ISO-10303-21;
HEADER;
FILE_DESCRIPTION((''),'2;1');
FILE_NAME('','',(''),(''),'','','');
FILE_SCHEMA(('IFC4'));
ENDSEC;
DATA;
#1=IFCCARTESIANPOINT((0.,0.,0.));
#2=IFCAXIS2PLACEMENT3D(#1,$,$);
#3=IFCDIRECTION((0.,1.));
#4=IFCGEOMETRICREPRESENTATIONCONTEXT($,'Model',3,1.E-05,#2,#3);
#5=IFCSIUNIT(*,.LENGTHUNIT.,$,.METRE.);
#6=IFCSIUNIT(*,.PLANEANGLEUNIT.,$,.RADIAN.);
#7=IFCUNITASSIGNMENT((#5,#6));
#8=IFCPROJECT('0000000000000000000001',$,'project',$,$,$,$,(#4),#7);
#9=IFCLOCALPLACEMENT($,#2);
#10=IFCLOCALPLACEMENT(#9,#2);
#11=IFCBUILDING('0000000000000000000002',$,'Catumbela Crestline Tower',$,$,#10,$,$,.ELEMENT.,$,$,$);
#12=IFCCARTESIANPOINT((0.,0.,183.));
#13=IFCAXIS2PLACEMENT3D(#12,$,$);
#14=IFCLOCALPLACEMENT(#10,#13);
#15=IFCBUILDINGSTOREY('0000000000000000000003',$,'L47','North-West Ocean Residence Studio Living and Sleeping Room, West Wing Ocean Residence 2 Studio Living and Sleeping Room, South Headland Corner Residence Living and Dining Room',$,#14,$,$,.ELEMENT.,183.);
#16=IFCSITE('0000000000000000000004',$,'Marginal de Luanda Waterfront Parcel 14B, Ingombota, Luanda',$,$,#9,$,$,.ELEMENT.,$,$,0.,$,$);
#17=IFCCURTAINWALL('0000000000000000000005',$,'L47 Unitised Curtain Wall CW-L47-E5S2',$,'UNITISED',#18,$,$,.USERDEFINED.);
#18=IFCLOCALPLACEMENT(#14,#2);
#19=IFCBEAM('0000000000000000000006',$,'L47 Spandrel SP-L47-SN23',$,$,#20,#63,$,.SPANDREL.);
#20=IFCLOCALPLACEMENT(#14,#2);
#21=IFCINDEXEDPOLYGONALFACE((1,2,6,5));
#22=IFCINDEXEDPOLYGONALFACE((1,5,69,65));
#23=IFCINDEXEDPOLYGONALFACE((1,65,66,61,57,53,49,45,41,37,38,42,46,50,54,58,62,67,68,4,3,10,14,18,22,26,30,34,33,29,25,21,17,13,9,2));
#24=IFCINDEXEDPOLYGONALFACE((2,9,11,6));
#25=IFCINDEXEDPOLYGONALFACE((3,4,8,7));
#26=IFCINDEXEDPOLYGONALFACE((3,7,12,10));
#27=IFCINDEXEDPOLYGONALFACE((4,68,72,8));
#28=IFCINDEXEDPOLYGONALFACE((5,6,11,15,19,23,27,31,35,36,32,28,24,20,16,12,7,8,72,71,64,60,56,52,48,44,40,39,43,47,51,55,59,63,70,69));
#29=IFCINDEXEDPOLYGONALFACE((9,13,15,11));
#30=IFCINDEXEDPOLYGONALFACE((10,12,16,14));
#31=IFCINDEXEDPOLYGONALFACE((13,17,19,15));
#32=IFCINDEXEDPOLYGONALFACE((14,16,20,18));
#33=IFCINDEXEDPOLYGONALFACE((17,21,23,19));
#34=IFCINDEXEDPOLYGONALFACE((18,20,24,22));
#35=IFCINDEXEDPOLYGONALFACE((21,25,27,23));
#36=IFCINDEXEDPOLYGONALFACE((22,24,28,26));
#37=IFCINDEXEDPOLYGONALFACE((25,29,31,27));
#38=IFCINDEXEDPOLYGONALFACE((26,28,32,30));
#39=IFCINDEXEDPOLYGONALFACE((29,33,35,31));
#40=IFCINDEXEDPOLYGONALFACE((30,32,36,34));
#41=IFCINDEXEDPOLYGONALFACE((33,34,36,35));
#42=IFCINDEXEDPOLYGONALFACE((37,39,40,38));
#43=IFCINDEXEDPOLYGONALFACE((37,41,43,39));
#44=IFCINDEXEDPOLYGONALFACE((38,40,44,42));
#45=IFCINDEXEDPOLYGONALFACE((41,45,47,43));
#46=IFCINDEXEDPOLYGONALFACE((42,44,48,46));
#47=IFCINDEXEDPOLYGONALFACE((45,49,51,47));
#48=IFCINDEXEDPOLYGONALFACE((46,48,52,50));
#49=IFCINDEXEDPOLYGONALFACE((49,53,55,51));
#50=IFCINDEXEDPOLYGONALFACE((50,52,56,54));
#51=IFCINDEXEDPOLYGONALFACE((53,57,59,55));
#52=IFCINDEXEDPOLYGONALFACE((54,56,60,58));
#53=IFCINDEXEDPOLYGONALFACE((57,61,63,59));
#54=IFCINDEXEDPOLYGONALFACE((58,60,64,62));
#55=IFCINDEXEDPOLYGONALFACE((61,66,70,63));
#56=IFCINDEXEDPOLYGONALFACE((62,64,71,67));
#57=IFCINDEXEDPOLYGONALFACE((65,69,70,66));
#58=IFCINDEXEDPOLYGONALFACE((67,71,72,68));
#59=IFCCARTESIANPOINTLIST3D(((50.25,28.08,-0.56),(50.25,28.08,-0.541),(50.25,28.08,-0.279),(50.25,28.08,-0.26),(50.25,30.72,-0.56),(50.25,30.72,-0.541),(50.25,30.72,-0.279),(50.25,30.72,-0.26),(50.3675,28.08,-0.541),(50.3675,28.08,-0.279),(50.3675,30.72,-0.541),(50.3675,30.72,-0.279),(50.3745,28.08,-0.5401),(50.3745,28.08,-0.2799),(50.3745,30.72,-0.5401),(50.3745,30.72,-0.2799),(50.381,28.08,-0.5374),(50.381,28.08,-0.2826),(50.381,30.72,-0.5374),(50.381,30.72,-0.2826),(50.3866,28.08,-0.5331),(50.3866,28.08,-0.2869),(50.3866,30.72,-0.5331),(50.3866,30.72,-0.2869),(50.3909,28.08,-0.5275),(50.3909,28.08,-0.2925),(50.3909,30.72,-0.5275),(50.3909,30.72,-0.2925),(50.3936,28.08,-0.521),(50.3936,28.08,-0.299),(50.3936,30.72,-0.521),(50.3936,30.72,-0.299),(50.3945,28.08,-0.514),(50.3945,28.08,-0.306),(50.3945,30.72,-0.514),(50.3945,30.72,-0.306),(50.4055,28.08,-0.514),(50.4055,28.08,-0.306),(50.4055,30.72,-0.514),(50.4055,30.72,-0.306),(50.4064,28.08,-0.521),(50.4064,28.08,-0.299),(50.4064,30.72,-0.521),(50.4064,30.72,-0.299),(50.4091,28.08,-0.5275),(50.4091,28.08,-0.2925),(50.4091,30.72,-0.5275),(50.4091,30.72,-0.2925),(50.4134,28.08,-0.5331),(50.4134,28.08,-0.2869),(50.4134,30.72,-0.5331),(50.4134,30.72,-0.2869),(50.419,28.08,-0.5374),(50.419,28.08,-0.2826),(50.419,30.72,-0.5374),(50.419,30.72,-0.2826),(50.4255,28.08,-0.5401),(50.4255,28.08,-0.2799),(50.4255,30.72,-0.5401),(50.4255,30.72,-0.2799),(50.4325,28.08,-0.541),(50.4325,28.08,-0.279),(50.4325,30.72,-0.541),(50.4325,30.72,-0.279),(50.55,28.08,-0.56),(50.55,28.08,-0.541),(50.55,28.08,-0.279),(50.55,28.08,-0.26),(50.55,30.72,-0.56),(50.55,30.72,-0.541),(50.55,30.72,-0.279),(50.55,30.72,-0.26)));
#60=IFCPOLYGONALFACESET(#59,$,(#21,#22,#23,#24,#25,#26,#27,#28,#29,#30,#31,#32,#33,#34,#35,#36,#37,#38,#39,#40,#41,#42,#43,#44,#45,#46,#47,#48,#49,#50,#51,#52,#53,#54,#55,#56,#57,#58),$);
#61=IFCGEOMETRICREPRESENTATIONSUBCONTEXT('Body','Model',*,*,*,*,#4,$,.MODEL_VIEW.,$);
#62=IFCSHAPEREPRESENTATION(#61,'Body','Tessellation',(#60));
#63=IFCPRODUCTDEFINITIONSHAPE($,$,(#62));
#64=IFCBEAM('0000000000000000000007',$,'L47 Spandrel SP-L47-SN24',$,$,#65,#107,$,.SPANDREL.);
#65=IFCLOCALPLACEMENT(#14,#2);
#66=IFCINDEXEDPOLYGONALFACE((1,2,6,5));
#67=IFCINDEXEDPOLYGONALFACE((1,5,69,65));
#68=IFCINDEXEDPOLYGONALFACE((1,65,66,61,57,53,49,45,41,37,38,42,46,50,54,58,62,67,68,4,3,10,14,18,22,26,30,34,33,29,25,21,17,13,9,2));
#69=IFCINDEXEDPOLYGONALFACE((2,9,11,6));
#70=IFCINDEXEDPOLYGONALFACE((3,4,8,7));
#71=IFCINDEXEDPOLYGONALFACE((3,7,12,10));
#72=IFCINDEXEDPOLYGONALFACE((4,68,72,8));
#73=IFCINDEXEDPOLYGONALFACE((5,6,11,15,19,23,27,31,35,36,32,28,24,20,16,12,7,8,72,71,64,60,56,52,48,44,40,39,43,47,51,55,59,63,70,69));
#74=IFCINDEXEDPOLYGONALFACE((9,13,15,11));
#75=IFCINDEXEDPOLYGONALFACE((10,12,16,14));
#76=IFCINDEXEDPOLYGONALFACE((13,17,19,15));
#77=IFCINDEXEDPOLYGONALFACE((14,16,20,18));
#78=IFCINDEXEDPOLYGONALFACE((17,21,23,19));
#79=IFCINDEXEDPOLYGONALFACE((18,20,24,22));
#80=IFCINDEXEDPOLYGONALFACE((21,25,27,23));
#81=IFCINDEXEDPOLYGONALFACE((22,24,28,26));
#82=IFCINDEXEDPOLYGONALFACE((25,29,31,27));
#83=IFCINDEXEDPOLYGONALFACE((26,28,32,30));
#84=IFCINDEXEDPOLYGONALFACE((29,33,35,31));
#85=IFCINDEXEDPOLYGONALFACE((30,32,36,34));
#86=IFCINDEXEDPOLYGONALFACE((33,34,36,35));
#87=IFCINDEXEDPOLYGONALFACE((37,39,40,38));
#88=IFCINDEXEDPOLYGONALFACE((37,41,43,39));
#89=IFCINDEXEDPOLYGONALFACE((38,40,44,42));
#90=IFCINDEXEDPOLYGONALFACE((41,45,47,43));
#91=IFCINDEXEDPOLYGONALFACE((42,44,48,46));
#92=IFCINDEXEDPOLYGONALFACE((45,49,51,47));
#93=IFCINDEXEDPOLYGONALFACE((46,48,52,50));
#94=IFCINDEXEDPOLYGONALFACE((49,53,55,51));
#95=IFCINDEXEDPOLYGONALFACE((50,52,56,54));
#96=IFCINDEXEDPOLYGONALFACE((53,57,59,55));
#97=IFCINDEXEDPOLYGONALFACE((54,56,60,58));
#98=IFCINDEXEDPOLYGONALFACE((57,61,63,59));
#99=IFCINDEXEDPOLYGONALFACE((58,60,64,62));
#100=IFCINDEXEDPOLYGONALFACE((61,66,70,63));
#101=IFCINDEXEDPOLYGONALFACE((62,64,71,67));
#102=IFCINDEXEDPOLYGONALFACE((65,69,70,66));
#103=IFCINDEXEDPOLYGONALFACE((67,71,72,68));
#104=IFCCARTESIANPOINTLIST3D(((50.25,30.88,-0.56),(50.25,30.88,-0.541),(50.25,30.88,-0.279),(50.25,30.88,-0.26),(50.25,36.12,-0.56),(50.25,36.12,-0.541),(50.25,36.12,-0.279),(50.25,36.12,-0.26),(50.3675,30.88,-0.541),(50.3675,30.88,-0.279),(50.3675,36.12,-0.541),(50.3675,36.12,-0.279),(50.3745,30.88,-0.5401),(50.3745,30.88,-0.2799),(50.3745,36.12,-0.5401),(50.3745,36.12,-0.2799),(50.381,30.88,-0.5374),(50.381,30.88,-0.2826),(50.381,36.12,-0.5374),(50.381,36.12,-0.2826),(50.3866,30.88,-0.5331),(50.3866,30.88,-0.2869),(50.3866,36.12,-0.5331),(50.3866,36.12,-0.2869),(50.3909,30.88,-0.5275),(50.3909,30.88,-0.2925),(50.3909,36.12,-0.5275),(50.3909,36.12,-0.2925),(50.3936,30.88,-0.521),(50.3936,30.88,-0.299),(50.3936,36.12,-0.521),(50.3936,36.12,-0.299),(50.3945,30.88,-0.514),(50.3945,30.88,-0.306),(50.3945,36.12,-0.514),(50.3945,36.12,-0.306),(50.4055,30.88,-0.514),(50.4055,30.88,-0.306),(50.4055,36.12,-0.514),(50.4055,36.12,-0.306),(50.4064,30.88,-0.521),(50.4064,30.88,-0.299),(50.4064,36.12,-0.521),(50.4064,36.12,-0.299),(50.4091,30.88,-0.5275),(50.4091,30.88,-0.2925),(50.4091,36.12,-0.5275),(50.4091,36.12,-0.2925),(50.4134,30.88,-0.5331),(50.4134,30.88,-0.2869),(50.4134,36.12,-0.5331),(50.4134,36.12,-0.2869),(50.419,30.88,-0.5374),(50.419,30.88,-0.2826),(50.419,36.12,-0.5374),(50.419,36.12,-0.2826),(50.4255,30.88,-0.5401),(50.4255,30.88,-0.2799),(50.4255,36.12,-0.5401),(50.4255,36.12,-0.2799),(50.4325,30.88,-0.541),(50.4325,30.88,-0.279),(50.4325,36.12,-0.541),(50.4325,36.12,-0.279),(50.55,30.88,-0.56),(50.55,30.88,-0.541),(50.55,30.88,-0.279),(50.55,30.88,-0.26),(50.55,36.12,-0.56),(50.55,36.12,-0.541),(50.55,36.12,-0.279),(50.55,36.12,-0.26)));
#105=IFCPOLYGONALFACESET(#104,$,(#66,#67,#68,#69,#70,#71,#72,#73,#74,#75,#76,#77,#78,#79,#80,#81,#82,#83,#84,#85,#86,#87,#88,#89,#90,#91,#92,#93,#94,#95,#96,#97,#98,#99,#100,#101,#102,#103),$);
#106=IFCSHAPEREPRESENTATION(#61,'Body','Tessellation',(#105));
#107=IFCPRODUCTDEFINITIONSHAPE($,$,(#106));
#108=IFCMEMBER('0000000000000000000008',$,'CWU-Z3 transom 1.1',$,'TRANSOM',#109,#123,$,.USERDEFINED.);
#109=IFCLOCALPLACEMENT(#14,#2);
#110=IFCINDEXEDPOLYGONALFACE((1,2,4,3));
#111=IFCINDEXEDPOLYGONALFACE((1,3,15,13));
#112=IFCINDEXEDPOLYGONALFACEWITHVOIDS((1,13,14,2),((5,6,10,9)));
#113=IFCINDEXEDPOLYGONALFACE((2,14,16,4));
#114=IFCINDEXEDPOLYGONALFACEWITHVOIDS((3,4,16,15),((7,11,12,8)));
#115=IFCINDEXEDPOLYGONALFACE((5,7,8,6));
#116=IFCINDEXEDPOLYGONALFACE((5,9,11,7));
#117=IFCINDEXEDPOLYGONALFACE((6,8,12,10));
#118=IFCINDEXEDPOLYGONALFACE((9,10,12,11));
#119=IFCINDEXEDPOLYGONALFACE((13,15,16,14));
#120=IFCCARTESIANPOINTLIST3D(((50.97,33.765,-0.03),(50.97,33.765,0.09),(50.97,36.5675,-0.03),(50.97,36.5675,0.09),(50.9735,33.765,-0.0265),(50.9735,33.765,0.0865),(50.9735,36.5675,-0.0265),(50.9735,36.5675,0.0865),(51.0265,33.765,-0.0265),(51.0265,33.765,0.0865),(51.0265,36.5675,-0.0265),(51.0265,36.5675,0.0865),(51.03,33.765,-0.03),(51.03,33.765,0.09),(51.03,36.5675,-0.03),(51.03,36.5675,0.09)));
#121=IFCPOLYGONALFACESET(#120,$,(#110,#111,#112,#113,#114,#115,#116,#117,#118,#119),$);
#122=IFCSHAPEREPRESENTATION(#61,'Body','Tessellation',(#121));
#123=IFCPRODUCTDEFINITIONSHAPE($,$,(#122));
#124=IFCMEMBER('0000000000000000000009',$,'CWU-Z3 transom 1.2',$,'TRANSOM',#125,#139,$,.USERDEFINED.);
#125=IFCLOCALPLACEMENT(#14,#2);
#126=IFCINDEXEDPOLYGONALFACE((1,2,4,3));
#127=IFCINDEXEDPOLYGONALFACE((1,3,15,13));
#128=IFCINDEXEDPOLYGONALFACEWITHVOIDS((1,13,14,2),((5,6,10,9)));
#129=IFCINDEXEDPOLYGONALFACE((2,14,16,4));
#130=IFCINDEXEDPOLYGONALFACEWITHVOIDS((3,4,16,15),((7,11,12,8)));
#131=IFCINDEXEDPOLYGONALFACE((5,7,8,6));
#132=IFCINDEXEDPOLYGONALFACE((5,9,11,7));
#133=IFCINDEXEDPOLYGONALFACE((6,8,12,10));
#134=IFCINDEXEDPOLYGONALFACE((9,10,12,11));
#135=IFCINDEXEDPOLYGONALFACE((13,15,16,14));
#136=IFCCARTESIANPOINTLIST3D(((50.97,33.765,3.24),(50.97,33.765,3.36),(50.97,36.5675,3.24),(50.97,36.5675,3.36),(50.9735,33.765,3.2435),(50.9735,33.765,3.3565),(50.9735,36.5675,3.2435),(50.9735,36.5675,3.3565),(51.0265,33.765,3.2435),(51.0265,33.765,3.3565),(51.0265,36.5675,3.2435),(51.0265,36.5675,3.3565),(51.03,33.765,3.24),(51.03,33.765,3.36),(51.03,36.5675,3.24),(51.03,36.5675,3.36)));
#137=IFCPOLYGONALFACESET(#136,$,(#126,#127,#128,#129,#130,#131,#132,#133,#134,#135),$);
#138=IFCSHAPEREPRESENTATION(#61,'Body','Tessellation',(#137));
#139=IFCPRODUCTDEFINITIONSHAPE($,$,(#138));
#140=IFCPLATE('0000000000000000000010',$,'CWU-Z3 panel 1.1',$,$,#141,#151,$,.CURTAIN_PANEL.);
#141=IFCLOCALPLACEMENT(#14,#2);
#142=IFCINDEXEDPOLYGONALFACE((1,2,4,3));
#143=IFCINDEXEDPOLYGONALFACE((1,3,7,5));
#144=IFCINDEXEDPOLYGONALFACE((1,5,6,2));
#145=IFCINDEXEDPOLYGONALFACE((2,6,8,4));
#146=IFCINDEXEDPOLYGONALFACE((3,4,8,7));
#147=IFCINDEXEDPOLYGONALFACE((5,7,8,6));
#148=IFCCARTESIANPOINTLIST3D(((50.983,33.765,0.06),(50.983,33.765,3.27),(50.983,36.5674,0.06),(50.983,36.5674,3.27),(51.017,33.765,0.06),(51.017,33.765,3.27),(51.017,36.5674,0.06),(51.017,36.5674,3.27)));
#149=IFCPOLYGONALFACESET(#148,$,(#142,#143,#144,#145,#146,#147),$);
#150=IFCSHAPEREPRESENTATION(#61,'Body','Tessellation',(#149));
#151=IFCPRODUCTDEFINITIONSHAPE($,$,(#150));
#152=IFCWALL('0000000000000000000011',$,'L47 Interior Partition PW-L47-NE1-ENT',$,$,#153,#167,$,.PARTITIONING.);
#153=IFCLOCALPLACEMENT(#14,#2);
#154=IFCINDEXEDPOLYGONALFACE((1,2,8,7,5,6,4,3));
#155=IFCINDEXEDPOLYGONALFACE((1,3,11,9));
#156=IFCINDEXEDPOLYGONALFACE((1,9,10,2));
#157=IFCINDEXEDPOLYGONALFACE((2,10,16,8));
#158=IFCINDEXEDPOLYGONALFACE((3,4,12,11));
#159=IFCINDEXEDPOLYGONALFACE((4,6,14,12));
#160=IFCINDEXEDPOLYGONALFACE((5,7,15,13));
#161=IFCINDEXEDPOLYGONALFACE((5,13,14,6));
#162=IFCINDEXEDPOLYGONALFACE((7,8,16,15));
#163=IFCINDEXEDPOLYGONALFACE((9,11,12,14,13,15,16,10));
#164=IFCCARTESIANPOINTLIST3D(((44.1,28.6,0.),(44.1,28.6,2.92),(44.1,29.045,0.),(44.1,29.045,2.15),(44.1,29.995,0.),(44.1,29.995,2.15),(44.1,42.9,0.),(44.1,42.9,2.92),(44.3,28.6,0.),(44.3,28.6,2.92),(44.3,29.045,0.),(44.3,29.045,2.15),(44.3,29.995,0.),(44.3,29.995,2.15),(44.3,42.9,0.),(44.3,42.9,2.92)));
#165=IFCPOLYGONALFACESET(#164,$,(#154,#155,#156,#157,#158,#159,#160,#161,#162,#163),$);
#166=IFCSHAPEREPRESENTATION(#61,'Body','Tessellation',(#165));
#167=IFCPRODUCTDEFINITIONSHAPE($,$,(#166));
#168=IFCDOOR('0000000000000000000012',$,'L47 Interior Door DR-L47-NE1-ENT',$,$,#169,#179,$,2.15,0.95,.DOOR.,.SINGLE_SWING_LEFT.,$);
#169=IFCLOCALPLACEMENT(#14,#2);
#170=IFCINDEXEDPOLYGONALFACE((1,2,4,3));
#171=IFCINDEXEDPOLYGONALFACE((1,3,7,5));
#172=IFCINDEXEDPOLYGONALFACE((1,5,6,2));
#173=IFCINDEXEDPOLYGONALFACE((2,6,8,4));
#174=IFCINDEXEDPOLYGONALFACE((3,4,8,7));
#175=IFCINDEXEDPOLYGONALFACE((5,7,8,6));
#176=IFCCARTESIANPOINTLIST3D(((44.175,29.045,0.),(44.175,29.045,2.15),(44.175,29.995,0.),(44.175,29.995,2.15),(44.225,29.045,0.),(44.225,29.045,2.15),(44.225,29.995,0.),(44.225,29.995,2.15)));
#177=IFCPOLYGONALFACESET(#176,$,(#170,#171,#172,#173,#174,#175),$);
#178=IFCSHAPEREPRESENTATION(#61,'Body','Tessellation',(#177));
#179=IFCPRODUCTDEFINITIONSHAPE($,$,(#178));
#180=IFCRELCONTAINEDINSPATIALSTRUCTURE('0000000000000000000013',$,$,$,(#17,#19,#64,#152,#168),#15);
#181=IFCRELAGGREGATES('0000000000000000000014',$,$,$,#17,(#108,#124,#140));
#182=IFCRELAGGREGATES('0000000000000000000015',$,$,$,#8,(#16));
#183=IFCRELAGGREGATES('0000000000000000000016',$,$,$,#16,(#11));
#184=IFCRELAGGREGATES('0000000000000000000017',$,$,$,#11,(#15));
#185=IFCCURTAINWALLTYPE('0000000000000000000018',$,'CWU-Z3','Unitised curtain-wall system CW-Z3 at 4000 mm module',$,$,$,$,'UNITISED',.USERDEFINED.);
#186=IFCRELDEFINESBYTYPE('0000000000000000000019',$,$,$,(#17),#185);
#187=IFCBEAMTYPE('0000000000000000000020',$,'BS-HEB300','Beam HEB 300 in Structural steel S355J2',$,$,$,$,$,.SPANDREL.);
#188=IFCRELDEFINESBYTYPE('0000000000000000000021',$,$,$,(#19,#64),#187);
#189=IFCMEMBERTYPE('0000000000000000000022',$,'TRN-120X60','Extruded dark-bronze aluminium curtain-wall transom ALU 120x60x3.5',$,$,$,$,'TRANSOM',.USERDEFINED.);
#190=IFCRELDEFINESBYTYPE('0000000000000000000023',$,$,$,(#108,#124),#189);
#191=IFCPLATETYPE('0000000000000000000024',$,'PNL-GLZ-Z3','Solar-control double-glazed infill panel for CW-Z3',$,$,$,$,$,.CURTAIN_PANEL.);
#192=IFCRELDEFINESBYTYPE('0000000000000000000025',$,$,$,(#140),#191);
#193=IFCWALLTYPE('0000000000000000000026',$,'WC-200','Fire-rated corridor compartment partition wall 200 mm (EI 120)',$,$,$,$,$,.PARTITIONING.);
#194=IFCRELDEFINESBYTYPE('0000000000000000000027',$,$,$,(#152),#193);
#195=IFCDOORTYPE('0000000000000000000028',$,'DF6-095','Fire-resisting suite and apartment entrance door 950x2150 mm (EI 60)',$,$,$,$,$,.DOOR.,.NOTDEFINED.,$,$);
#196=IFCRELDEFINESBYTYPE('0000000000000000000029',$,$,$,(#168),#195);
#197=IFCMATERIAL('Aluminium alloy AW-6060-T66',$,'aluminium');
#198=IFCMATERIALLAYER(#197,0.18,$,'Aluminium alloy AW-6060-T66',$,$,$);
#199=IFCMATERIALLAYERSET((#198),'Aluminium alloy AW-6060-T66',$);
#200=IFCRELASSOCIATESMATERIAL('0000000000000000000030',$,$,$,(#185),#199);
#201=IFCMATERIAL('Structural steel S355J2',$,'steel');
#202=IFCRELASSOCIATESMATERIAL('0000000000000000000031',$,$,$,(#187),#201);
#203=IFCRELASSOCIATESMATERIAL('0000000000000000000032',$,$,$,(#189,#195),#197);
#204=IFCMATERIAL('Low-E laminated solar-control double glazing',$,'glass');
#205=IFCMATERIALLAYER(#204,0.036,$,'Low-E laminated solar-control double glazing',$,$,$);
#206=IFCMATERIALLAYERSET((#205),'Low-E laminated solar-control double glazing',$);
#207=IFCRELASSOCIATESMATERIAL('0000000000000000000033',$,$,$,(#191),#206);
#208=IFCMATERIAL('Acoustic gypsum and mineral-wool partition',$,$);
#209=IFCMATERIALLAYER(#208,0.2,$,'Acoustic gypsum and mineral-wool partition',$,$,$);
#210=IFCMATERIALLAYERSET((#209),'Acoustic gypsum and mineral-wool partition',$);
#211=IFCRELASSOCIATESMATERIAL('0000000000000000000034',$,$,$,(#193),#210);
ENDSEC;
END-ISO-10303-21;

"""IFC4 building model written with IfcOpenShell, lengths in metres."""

from ifc_helpers import new_model, si_unit, direction, frame, frame_2d, origin, origin_2d, place, context, subcontext, project, spatial, rectangle, hollow_rectangle, i_section, extrude, material, layer, layer_set, material_profile, profile_set, type_object, element, fill, aggregate, save


model = new_model("IFC4")

# Units and contexts
model_context = context("Model", 3, precision=1e-05, world=origin(), true_north=direction((0.0, 1.0)))
body_context = subcontext(model_context, "Body", "Model", "MODEL_VIEW")
ifc_project = project(units=[si_unit("LENGTHUNIT", "METRE"), si_unit("PLANEANGLEUNIT", "RADIAN")], contexts=[model_context])

# Site, building, storey
site_placement = place(None, origin())
site = spatial("IfcSite", under=ifc_project, at=site_placement, Name="Marginal de Luanda Waterfront Parcel 14B, Ingombota, Luanda", CompositionType="ELEMENT", RefElevation=0.0)
building_placement = place(site_placement, origin())
building = spatial("IfcBuilding", under=site, at=building_placement, Name="Catumbela Crestline Tower", CompositionType="ELEMENT")
storey_placement = place(building_placement, frame((0.0, 0.0, 183.0)))
storey = spatial("IfcBuildingStorey", under=building, at=storey_placement, Name="L47", Description="North-West Ocean Residence Studio Living and Sleeping Room, West Wing Ocean Residence 2 Studio Living and Sleeping Room, South Headland Corner Residence Living and Dining Room", CompositionType="ELEMENT", Elevation=183.0)

# Shared definitions
ifc_material_1 = material(Name="Structural steel S355J2", Category="steel")

# Curtain wall
ifc_material_2 = material(Name="Aluminium alloy AW-6060-T66", Category="aluminium")
ifc_layer_1 = layer(ifc_material_2, 0.18, Name="Aluminium alloy AW-6060-T66")
ifc_layer_set_1 = layer_set([ifc_layer_1], Name="Aluminium alloy AW-6060-T66")
curtain_wall_type = type_object("IfcCurtainWallType", Name="CWU-Z3", Description="Unitised curtain-wall system CW-Z3 at 4000 mm module", ElementType="UNITISED", PredefinedType="USERDEFINED", material=ifc_layer_set_1)
curtain_wall_placement = place(storey_placement, origin())
curtain_wall = element("IfcCurtainWall", 1, at=curtain_wall_placement, inside=storey, type_object=curtain_wall_type, Name="L47 Unitised Curtain Wall CW-L47-E5S2", ObjectType="UNITISED", PredefinedType="USERDEFINED")

# Beams
ifc_material_profile_1 = material_profile(ifc_material_1, i_section(OverallWidth=0.3, OverallDepth=0.3, WebThickness=0.011, FlangeThickness=0.019, FilletRadius=0.027, at=origin_2d()), Name="HEB 300")
ifc_profile_set_1 = profile_set([ifc_material_profile_1], Name="Structural steel S355J2")
beam_type_1 = type_object("IfcBeamType", Name="BS-HEB300", Description="Beam HEB 300 in Structural steel S355J2", PredefinedType="SPANDREL", material=ifc_profile_set_1)
beam_1_placement = place(storey_placement, frame((50.4, 28.08, -0.41), z_axis=(0.0, 1.0, 0.0), x_axis=(-1.0, 0.0, 0.0)))
element("IfcBeam", 2, at=beam_1_placement, inside=storey, type_object=beam_type_1, Name="L47 Spandrel SP-L47-SN23", PredefinedType="SPANDREL", context=body_context, shape_type="SweptSolid", body=[
    extrude(i_section(OverallWidth=0.3, OverallDepth=0.3, WebThickness=0.011, FlangeThickness=0.019, FilletRadius=0.027, at=origin_2d()), origin(), (0.0, 0.0, 1.0), 2.64),
])
beam_2_placement = place(storey_placement, frame((50.4, 30.88, -0.41), z_axis=(0.0, 1.0, 0.0), x_axis=(-1.0, 0.0, 0.0)))
element("IfcBeam", 3, at=beam_2_placement, inside=storey, type_object=beam_type_1, Name="L47 Spandrel SP-L47-SN24", PredefinedType="SPANDREL", context=body_context, shape_type="SweptSolid", body=[
    extrude(i_section(OverallWidth=0.3, OverallDepth=0.3, WebThickness=0.011, FlangeThickness=0.019, FilletRadius=0.027, at=origin_2d()), origin(), (0.0, 0.0, 1.0), 5.24),
])

# Members
ifc_material_profile_2 = material_profile(ifc_material_2, hollow_rectangle(XDim=0.06, YDim=0.12, WallThickness=0.0035, at=origin_2d()), Name="ALU 120x60x3.5")
ifc_profile_set_2 = profile_set([ifc_material_profile_2], Name="Aluminium alloy AW-6060-T66")
member_type_1 = type_object("IfcMemberType", Name="TRN-120X60", Description="Extruded dark-bronze aluminium curtain-wall transom ALU 120x60x3.5", ElementType="TRANSOM", PredefinedType="USERDEFINED", material=ifc_profile_set_2)
member_1_placement = place(storey_placement, frame((51.0, 33.765, 0.03), z_axis=(0.0, 1.0, 0.0), x_axis=(-1.0, 0.0, 0.0)))
member_1 = element("IfcMember", 4, at=member_1_placement, type_object=member_type_1, Name="CWU-Z3 transom 1.1", ObjectType="TRANSOM", PredefinedType="USERDEFINED", context=body_context, shape_type="SweptSolid", body=[
    extrude(hollow_rectangle(XDim=0.06, YDim=0.12, WallThickness=0.0035, at=origin_2d()), origin(), (0.0, 0.0, 1.0), 2.8025),
])
member_2_placement = place(storey_placement, frame((51.0, 33.765, 3.3), z_axis=(0.0, 1.0, 0.0), x_axis=(-1.0, 0.0, 0.0)))
member_2 = element("IfcMember", 5, at=member_2_placement, type_object=member_type_1, Name="CWU-Z3 transom 1.2", ObjectType="TRANSOM", PredefinedType="USERDEFINED", context=body_context, shape_type="SweptSolid", body=[
    extrude(hollow_rectangle(XDim=0.06, YDim=0.12, WallThickness=0.0035, at=origin_2d()), origin(), (0.0, 0.0, 1.0), 2.8025),
])

# Plate
ifc_material_3 = material(Name="Low-E laminated solar-control double glazing", Category="glass")
ifc_layer_2 = layer(ifc_material_3, 0.036, Name="Low-E laminated solar-control double glazing")
ifc_layer_set_2 = layer_set([ifc_layer_2], Name="Low-E laminated solar-control double glazing")
plate_type = type_object("IfcPlateType", Name="PNL-GLZ-Z3", Description="Solar-control double-glazed infill panel for CW-Z3", PredefinedType="CURTAIN_PANEL", material=ifc_layer_set_2)
plate_placement = place(storey_placement, frame((51.0, 35.1662, 0.06), z_axis=(0.0, 0.0, 1.0), x_axis=(0.0, 1.0, 0.0)))
plate = element("IfcPlate", 6, at=plate_placement, type_object=plate_type, Name="CWU-Z3 panel 1.1", PredefinedType="CURTAIN_PANEL", context=body_context, shape_type="SweptSolid", body=[
    extrude(rectangle(XDim=2.8025, YDim=0.034, at=origin_2d()), origin(), (0.0, 0.0, 1.0), 3.21),
])
aggregate(curtain_wall, [member_1, member_2, plate])

# Wall, opening, door
ifc_material_4 = material(Name="Acoustic gypsum and mineral-wool partition")
ifc_layer_3 = layer(ifc_material_4, 0.2, Name="Acoustic gypsum and mineral-wool partition")
ifc_layer_set_3 = layer_set([ifc_layer_3], Name="Acoustic gypsum and mineral-wool partition")
wall_type_1 = type_object("IfcWallType", Name="WC-200", Description="Fire-rated corridor compartment partition wall 200 mm (EI 120)", PredefinedType="PARTITIONING", material=ifc_layer_set_3)
wall_1_placement = place(storey_placement, frame((44.2, 28.6, 0.0), z_axis=(0.0, 0.0, 1.0), x_axis=(0.0, 1.0, 0.0)))
wall_1 = element("IfcWall", 7, at=wall_1_placement, inside=storey, type_object=wall_type_1, Name="L47 Interior Partition PW-L47-NE1-ENT", PredefinedType="PARTITIONING", context=body_context, shape_type="SweptSolid", body=[
    extrude(rectangle(XDim=14.3, YDim=0.2, at=frame_2d((7.15, 0.0))), origin(), (0.0, 0.0, 1.0), 2.92),
])
opening_1_placement = place(wall_1_placement, frame((0.445, 0.0, 0.0)))
opening_1 = element("IfcOpeningElement", 8, at=opening_1_placement, cuts=wall_1, PredefinedType="OPENING", context=body_context, shape_type="SweptSolid", body=[
    extrude(rectangle(XDim=0.95, YDim=2.15, at=frame_2d((0.475, 1.075))), frame((0.0, 0.11, 0.0), z_axis=(0.0, -1.0, 0.0), x_axis=(1.0, 0.0, 0.0)), (0.0, 0.0, 1.0), 0.22),
])
door_type_1 = type_object("IfcDoorType", Name="DF6-095", Description="Fire-resisting suite and apartment entrance door 950x2150 mm (EI 60)", OperationType="NOTDEFINED", PredefinedType="DOOR", material=ifc_material_2)
door_1_placement = place(opening_1_placement, origin())
door_1 = element("IfcDoor", 9, at=door_1_placement, inside=storey, type_object=door_type_1, Name="L47 Interior Door DR-L47-NE1-ENT", OperationType="SINGLE_SWING_LEFT", OverallHeight=2.15, OverallWidth=0.95, PredefinedType="DOOR", context=body_context, shape_type="SweptSolid", body=[
    extrude(rectangle(XDim=0.95, YDim=2.15, at=frame_2d((0.475, 1.075))), frame((0.0, 0.025, 0.0), z_axis=(0.0, -1.0, 0.0), x_axis=(1.0, 0.0, 0.0)), (0.0, 0.0, 1.0), 0.05),
])
fill(opening_1, door_1)

save(model, "model.ifc")
